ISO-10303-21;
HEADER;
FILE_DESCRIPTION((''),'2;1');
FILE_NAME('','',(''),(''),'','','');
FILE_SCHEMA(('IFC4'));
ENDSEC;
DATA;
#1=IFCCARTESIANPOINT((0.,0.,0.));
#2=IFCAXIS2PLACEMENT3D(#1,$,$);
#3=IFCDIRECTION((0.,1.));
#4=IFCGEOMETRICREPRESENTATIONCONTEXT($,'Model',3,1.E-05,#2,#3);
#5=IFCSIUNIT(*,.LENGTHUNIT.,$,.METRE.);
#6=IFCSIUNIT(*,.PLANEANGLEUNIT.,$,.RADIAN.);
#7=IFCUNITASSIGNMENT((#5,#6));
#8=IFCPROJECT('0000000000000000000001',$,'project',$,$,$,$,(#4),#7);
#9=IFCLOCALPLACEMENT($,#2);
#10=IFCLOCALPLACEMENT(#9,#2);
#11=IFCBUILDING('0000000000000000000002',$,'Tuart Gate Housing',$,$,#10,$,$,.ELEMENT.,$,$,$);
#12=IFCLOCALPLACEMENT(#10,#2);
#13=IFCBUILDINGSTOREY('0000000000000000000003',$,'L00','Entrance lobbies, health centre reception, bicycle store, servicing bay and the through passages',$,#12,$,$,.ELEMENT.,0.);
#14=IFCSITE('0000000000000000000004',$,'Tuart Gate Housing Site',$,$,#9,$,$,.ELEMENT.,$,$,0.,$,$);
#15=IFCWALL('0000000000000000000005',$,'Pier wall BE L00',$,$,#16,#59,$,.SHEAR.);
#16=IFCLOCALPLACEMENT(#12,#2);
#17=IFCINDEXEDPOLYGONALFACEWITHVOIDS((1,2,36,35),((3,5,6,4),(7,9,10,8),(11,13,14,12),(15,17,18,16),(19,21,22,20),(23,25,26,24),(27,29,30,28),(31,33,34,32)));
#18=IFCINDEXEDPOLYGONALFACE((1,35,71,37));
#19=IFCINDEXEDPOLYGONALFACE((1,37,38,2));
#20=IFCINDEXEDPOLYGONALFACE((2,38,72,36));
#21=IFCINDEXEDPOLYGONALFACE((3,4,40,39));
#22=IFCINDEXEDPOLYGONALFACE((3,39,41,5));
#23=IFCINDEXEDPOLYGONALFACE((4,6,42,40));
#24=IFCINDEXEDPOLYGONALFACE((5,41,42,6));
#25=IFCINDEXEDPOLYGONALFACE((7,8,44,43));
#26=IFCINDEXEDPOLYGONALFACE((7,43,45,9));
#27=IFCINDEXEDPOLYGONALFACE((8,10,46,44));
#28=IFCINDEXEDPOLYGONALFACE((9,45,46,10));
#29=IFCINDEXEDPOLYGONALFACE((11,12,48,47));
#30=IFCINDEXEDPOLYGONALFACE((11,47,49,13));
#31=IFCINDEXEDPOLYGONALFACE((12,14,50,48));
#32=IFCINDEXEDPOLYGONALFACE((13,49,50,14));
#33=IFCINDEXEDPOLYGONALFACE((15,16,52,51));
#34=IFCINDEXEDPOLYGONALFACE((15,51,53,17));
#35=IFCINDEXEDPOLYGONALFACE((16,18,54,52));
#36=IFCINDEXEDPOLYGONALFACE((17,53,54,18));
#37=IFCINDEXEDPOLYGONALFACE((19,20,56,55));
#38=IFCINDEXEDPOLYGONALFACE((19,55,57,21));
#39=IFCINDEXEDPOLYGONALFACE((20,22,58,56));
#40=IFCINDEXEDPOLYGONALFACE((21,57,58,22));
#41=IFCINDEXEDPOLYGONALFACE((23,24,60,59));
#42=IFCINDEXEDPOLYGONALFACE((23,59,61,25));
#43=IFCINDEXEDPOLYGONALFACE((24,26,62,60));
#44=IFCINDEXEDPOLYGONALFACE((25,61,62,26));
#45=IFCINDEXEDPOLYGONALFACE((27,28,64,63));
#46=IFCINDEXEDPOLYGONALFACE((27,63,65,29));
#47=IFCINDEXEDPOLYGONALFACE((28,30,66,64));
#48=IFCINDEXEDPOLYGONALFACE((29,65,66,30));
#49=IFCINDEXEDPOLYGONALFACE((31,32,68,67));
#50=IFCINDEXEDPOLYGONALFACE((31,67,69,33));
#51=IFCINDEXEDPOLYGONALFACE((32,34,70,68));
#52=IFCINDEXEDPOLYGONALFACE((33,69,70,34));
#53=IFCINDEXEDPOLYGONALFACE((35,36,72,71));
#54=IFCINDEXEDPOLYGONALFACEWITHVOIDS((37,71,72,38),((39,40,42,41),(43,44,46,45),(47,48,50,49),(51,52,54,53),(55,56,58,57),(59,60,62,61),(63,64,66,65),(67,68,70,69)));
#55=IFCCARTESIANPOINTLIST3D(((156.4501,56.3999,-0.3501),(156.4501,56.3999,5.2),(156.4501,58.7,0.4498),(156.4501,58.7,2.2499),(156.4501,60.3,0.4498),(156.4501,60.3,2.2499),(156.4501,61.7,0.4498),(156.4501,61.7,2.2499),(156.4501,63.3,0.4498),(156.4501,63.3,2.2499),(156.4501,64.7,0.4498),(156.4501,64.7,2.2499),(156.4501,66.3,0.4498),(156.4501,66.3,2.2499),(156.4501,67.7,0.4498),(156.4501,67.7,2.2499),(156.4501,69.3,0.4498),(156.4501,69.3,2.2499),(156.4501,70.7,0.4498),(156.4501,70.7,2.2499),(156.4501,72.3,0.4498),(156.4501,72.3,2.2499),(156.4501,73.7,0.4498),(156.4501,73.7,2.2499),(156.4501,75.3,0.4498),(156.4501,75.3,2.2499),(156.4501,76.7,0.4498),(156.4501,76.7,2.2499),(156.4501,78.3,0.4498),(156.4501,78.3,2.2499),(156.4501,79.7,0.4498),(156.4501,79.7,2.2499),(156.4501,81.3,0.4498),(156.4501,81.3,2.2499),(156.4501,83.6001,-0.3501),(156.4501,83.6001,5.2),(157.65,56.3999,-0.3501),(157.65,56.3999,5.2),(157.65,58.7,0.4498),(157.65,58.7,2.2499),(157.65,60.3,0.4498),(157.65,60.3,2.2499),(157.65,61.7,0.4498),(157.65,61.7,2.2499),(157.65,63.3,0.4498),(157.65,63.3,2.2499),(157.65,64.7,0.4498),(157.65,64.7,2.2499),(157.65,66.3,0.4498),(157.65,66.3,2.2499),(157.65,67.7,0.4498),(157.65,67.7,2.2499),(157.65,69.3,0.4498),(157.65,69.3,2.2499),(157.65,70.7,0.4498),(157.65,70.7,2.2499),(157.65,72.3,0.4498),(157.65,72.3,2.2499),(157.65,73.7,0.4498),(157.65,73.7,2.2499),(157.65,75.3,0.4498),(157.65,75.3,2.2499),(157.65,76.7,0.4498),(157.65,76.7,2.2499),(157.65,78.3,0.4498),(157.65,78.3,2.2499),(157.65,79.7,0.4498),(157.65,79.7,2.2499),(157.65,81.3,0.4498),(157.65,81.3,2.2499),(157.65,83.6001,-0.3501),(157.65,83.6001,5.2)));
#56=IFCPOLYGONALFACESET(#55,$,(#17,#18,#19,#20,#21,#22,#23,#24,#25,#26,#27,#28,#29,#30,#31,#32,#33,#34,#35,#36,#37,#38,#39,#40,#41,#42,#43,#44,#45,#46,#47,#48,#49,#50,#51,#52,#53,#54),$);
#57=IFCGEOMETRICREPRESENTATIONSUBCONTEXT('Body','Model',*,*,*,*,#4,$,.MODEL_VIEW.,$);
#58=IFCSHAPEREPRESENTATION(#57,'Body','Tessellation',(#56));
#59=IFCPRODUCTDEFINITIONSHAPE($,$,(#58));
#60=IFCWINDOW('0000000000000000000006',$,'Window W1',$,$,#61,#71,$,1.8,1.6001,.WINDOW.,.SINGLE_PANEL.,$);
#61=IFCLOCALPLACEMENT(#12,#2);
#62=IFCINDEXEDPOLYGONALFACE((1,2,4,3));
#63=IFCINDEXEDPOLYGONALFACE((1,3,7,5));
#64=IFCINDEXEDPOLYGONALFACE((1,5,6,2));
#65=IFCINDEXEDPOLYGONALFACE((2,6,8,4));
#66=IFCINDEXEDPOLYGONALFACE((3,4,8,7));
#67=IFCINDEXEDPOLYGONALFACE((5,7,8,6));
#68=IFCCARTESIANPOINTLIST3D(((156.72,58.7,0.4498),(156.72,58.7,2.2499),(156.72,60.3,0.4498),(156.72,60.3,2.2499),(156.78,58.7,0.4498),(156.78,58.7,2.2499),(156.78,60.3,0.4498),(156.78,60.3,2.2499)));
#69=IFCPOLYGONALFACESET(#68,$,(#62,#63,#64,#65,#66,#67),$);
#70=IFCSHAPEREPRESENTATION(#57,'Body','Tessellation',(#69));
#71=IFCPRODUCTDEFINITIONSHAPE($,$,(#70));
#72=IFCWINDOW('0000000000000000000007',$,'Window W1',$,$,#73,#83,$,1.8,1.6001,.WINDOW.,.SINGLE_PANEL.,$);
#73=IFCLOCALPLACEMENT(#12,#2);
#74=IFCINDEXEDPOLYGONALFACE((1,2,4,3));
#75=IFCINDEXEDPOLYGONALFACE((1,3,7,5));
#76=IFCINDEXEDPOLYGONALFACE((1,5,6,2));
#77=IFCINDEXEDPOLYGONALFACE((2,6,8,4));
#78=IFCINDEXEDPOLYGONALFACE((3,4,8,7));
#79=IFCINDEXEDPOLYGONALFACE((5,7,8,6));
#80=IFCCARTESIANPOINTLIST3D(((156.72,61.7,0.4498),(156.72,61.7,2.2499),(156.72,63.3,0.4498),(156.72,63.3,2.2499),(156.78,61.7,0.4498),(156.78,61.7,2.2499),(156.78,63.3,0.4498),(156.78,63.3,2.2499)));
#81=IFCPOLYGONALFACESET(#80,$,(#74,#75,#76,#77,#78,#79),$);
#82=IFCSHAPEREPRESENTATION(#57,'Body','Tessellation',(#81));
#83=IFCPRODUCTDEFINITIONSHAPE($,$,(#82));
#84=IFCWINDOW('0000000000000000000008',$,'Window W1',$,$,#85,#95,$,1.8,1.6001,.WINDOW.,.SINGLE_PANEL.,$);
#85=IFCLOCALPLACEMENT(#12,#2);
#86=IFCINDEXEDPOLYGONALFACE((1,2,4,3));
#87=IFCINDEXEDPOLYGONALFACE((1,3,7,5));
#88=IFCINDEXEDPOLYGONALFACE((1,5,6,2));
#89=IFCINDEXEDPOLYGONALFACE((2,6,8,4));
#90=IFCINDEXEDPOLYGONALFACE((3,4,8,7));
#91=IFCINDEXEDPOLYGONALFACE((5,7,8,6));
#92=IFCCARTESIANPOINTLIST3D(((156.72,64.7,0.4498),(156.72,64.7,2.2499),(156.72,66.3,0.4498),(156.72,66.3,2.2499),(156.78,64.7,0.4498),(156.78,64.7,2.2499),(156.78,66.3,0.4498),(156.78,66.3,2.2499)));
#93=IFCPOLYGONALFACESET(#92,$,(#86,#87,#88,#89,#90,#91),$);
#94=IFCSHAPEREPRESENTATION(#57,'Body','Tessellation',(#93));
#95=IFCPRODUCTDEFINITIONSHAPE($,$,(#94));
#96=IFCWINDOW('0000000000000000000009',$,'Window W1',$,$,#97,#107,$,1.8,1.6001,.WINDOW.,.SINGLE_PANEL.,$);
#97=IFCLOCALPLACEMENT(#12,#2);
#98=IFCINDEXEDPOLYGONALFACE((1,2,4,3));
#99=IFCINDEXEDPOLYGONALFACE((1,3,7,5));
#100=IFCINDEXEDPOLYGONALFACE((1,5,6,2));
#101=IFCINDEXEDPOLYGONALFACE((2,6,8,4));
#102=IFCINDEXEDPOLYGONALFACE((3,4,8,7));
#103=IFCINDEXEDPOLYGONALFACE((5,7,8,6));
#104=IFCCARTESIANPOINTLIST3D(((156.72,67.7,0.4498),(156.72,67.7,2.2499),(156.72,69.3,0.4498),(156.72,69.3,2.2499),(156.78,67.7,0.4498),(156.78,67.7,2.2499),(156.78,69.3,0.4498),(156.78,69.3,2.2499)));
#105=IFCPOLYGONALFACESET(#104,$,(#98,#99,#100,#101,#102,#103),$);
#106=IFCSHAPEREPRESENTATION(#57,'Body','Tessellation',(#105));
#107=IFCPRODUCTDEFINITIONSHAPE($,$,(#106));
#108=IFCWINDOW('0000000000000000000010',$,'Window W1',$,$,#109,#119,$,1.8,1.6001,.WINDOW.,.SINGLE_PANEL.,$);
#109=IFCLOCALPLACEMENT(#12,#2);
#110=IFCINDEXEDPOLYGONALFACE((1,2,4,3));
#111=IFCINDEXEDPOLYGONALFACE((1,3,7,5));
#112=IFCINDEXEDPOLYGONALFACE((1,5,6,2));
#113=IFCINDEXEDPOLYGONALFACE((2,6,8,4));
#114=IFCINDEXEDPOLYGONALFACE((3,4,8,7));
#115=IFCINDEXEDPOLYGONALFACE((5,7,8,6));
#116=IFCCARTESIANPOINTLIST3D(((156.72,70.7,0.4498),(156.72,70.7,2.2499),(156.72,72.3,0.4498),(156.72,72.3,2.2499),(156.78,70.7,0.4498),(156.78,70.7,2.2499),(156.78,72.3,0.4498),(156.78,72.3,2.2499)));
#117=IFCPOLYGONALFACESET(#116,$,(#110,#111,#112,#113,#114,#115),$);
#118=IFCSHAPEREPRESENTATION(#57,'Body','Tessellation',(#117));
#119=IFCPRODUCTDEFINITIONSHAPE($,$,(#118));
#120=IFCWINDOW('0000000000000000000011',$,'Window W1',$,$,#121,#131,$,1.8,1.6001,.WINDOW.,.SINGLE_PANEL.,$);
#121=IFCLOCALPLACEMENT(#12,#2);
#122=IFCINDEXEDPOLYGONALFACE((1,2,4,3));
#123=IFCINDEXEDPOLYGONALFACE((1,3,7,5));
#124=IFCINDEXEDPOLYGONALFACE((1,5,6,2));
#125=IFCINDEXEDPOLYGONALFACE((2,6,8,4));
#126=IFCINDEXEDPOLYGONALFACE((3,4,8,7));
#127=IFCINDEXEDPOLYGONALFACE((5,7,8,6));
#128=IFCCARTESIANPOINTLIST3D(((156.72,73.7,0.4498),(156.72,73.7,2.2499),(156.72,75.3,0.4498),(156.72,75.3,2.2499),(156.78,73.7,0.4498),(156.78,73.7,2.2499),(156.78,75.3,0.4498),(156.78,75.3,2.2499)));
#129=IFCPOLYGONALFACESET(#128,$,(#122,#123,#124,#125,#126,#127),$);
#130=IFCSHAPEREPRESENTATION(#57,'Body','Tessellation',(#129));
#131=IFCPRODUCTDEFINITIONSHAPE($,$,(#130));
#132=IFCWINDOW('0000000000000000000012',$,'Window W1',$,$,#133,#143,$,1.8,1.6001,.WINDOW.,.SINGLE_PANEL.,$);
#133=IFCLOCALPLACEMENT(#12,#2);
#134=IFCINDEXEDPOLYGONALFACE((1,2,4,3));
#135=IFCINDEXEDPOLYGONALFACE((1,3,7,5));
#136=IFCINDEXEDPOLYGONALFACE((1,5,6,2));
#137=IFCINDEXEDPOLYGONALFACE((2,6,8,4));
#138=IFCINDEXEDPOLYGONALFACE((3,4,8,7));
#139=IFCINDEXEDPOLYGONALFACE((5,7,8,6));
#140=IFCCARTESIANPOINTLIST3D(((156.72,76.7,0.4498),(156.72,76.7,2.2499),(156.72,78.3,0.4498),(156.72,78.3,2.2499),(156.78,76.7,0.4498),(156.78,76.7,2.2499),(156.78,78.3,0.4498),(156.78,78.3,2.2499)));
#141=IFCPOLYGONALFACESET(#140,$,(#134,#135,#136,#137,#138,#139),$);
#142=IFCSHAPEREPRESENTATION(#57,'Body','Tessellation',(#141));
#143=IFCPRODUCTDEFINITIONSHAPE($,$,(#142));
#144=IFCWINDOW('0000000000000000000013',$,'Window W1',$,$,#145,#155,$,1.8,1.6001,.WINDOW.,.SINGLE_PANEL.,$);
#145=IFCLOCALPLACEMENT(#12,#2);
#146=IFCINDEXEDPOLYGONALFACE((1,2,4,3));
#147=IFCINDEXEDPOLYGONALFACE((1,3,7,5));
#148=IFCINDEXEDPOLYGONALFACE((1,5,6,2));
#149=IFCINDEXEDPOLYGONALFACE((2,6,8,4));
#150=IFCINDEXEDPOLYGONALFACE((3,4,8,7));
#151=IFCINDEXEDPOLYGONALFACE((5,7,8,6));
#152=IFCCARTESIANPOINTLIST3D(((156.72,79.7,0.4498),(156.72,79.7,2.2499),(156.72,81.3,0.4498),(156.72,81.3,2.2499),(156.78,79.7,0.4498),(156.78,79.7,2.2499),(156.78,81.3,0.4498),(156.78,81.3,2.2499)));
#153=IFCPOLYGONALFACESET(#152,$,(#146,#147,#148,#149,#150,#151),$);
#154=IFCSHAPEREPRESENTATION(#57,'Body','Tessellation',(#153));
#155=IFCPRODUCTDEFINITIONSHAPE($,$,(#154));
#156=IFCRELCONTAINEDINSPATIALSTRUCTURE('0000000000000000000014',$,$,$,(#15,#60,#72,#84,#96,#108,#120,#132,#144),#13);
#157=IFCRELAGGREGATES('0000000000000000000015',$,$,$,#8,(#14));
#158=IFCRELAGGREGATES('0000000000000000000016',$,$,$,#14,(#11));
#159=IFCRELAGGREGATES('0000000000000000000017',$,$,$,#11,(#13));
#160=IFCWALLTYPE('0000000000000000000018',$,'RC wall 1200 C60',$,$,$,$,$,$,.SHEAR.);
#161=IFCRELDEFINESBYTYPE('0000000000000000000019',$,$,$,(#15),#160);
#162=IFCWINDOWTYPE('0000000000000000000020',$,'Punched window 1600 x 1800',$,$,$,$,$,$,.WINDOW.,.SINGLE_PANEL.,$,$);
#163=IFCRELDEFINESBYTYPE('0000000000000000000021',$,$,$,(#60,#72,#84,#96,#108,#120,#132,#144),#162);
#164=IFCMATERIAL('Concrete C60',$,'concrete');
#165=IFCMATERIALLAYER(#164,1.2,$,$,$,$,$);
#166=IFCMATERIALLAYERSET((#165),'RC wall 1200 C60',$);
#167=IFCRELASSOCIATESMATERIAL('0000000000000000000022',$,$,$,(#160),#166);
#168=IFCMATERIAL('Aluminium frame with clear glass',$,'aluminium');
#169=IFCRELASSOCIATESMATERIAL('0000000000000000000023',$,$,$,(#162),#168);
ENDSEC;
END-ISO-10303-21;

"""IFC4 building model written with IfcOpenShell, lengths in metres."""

from ifc_helpers import new_model, si_unit, direction, frame, frame_2d, origin, place, context, subcontext, project, spatial, rectangle, extrude, material, layer, layer_set, type_object, element, fill, save


model = new_model("IFC4")

# Units and contexts
model_context = context("Model", 3, precision=1e-05, world=origin(), true_north=direction((0.0, 1.0)))
body_context = subcontext(model_context, "Body", "Model", "MODEL_VIEW")
ifc_project = project(units=[si_unit("LENGTHUNIT", "METRE"), si_unit("PLANEANGLEUNIT", "RADIAN")], contexts=[model_context])

# Site, building, storey
site_placement = place(None, origin())
site = spatial("IfcSite", under=ifc_project, at=site_placement, Name="Tuart Gate Housing Site", CompositionType="ELEMENT", RefElevation=0.0)
building_placement = place(site_placement, origin())
building = spatial("IfcBuilding", under=site, at=building_placement, Name="Tuart Gate Housing", CompositionType="ELEMENT")
storey_placement = place(building_placement, origin())
storey = spatial("IfcBuildingStorey", under=building, at=storey_placement, Name="L00", Description="Entrance lobbies, health centre reception, bicycle store, servicing bay and the through passages", CompositionType="ELEMENT", Elevation=0.0)

# Wall, openings, windows
ifc_material_1 = material(Name="Concrete C60", Category="concrete")
ifc_layer_1 = layer(ifc_material_1, 1.2)
ifc_layer_set_1 = layer_set([ifc_layer_1], Name="RC wall 1200 C60")
wall_type_1 = type_object("IfcWallType", Name="RC wall 1200 C60", PredefinedType="SHEAR", material=ifc_layer_set_1)
wall_1_placement = place(storey_placement, frame((157.05, 56.3999, -0.3501), z_axis=(0.0, 0.0, 1.0), x_axis=(0.0, 1.0, 0.0)))
wall_1 = element("IfcWall", 1, at=wall_1_placement, inside=storey, type_object=wall_type_1, Name="Pier wall BE L00", PredefinedType="SHEAR", context=body_context, shape_type="SweptSolid", body=[
    extrude(rectangle(XDim=27.2002, YDim=1.2, at=frame_2d((13.6001, 0.0))), origin(), (0.0, 0.0, 1.0), 5.55),
])
opening_1_placement = place(wall_1_placement, frame((2.3, 0.0, 0.8)))
opening_1 = element("IfcOpeningElement", 2, at=opening_1_placement, cuts=wall_1, PredefinedType="OPENING", context=body_context, shape_type="SweptSolid", body=[
    extrude(rectangle(XDim=1.6001, YDim=1.8, at=frame_2d((0.8, 0.8999))), frame((0.0, 0.6099, 0.0), z_axis=(0.0, -1.0, 0.0), x_axis=(1.0, 0.0, 0.0)), (0.0, 0.0, 1.0), 1.22),
])
opening_2_placement = place(wall_1_placement, frame((5.3, 0.0, 0.8)))
opening_2 = element("IfcOpeningElement", 3, at=opening_2_placement, cuts=wall_1, PredefinedType="OPENING", context=body_context, shape_type="SweptSolid", body=[
    extrude(rectangle(XDim=1.6001, YDim=1.8, at=frame_2d((0.8, 0.8999))), frame((0.0, 0.6099, 0.0), z_axis=(0.0, -1.0, 0.0), x_axis=(1.0, 0.0, 0.0)), (0.0, 0.0, 1.0), 1.22),
])
opening_3_placement = place(wall_1_placement, frame((8.3, 0.0, 0.8)))
opening_3 = element("IfcOpeningElement", 4, at=opening_3_placement, cuts=wall_1, PredefinedType="OPENING", context=body_context, shape_type="SweptSolid", body=[
    extrude(rectangle(XDim=1.6001, YDim=1.8, at=frame_2d((0.8, 0.8999))), frame((0.0, 0.6099, 0.0), z_axis=(0.0, -1.0, 0.0), x_axis=(1.0, 0.0, 0.0)), (0.0, 0.0, 1.0), 1.22),
])
opening_4_placement = place(wall_1_placement, frame((11.3, 0.0, 0.8)))
opening_4 = element("IfcOpeningElement", 5, at=opening_4_placement, cuts=wall_1, PredefinedType="OPENING", context=body_context, shape_type="SweptSolid", body=[
    extrude(rectangle(XDim=1.6001, YDim=1.8, at=frame_2d((0.8, 0.8999))), frame((0.0, 0.6099, 0.0), z_axis=(0.0, -1.0, 0.0), x_axis=(1.0, 0.0, 0.0)), (0.0, 0.0, 1.0), 1.22),
])
opening_5_placement = place(wall_1_placement, frame((14.3, 0.0, 0.8)))
opening_5 = element("IfcOpeningElement", 6, at=opening_5_placement, cuts=wall_1, PredefinedType="OPENING", context=body_context, shape_type="SweptSolid", body=[
    extrude(rectangle(XDim=1.6001, YDim=1.8, at=frame_2d((0.8, 0.8999))), frame((0.0, 0.6099, 0.0), z_axis=(0.0, -1.0, 0.0), x_axis=(1.0, 0.0, 0.0)), (0.0, 0.0, 1.0), 1.22),
])
opening_6_placement = place(wall_1_placement, frame((17.3, 0.0, 0.8)))
opening_6 = element("IfcOpeningElement", 7, at=opening_6_placement, cuts=wall_1, PredefinedType="OPENING", context=body_context, shape_type="SweptSolid", body=[
    extrude(rectangle(XDim=1.6001, YDim=1.8, at=frame_2d((0.8, 0.8999))), frame((0.0, 0.6099, 0.0), z_axis=(0.0, -1.0, 0.0), x_axis=(1.0, 0.0, 0.0)), (0.0, 0.0, 1.0), 1.22),
])
opening_7_placement = place(wall_1_placement, frame((20.3, 0.0, 0.8)))
opening_7 = element("IfcOpeningElement", 8, at=opening_7_placement, cuts=wall_1, PredefinedType="OPENING", context=body_context, shape_type="SweptSolid", body=[
    extrude(rectangle(XDim=1.6001, YDim=1.8, at=frame_2d((0.8, 0.8999))), frame((0.0, 0.6099, 0.0), z_axis=(0.0, -1.0, 0.0), x_axis=(1.0, 0.0, 0.0)), (0.0, 0.0, 1.0), 1.22),
])
opening_8_placement = place(wall_1_placement, frame((23.3, 0.0, 0.8)))
opening_8 = element("IfcOpeningElement", 9, at=opening_8_placement, cuts=wall_1, PredefinedType="OPENING", context=body_context, shape_type="SweptSolid", body=[
    extrude(rectangle(XDim=1.6001, YDim=1.8, at=frame_2d((0.8, 0.8999))), frame((0.0, 0.6099, 0.0), z_axis=(0.0, -1.0, 0.0), x_axis=(1.0, 0.0, 0.0)), (0.0, 0.0, 1.0), 1.22),
])
ifc_material_2 = material(Name="Aluminium frame with clear glass", Category="aluminium")
window_type = type_object("IfcWindowType", Name="Punched window 1600 x 1800", PartitioningType="SINGLE_PANEL", PredefinedType="WINDOW", material=ifc_material_2)
window_1_placement = place(opening_1_placement, origin())
window_1 = element("IfcWindow", 10, at=window_1_placement, inside=storey, type_object=window_type, Name="Window W1", OverallHeight=1.8, OverallWidth=1.6001, PartitioningType="SINGLE_PANEL", PredefinedType="WINDOW", context=body_context, shape_type="SweptSolid", body=[
    extrude(rectangle(XDim=1.6001, YDim=1.8, at=frame_2d((0.8, 0.8999))), frame((0.0, 0.3301, 0.0), z_axis=(0.0, -1.0, 0.0), x_axis=(1.0, 0.0, 0.0)), (0.0, 0.0, 1.0), 0.0601),
])
fill(opening_1, window_1)
window_2_placement = place(opening_2_placement, origin())
window_2 = element("IfcWindow", 11, at=window_2_placement, inside=storey, type_object=window_type, Name="Window W1", OverallHeight=1.8, OverallWidth=1.6001, PartitioningType="SINGLE_PANEL", PredefinedType="WINDOW", context=body_context, shape_type="SweptSolid", body=[
    extrude(rectangle(XDim=1.6001, YDim=1.8, at=frame_2d((0.8, 0.8999))), frame((0.0, 0.3301, 0.0), z_axis=(0.0, -1.0, 0.0), x_axis=(1.0, 0.0, 0.0)), (0.0, 0.0, 1.0), 0.0601),
])
fill(opening_2, window_2)
window_3_placement = place(opening_3_placement, origin())
window_3 = element("IfcWindow", 12, at=window_3_placement, inside=storey, type_object=window_type, Name="Window W1", OverallHeight=1.8, OverallWidth=1.6001, PartitioningType="SINGLE_PANEL", PredefinedType="WINDOW", context=body_context, shape_type="SweptSolid", body=[
    extrude(rectangle(XDim=1.6001, YDim=1.8, at=frame_2d((0.8, 0.8999))), frame((0.0, 0.3301, 0.0), z_axis=(0.0, -1.0, 0.0), x_axis=(1.0, 0.0, 0.0)), (0.0, 0.0, 1.0), 0.0601),
])
fill(opening_3, window_3)
window_4_placement = place(opening_4_placement, origin())
window_4 = element("IfcWindow", 13, at=window_4_placement, inside=storey, type_object=window_type, Name="Window W1", OverallHeight=1.8, OverallWidth=1.6001, PartitioningType="SINGLE_PANEL", PredefinedType="WINDOW", context=body_context, shape_type="SweptSolid", body=[
    extrude(rectangle(XDim=1.6001, YDim=1.8, at=frame_2d((0.8, 0.8999))), frame((0.0, 0.3301, 0.0), z_axis=(0.0, -1.0, 0.0), x_axis=(1.0, 0.0, 0.0)), (0.0, 0.0, 1.0), 0.0601),
])
fill(opening_4, window_4)
window_5_placement = place(opening_5_placement, origin())
window_5 = element("IfcWindow", 14, at=window_5_placement, inside=storey, type_object=window_type, Name="Window W1", OverallHeight=1.8, OverallWidth=1.6001, PartitioningType="SINGLE_PANEL", PredefinedType="WINDOW", context=body_context, shape_type="SweptSolid", body=[
    extrude(rectangle(XDim=1.6001, YDim=1.8, at=frame_2d((0.8, 0.8999))), frame((0.0, 0.3301, 0.0), z_axis=(0.0, -1.0, 0.0), x_axis=(1.0, 0.0, 0.0)), (0.0, 0.0, 1.0), 0.0601),
])
fill(opening_5, window_5)
window_6_placement = place(opening_6_placement, origin())
window_6 = element("IfcWindow", 15, at=window_6_placement, inside=storey, type_object=window_type, Name="Window W1", OverallHeight=1.8, OverallWidth=1.6001, PartitioningType="SINGLE_PANEL", PredefinedType="WINDOW", context=body_context, shape_type="SweptSolid", body=[
    extrude(rectangle(XDim=1.6001, YDim=1.8, at=frame_2d((0.8, 0.8999))), frame((0.0, 0.3301, 0.0), z_axis=(0.0, -1.0, 0.0), x_axis=(1.0, 0.0, 0.0)), (0.0, 0.0, 1.0), 0.0601),
])
fill(opening_6, window_6)
window_7_placement = place(opening_7_placement, origin())
window_7 = element("IfcWindow", 16, at=window_7_placement, inside=storey, type_object=window_type, Name="Window W1", OverallHeight=1.8, OverallWidth=1.6001, PartitioningType="SINGLE_PANEL", PredefinedType="WINDOW", context=body_context, shape_type="SweptSolid", body=[
    extrude(rectangle(XDim=1.6001, YDim=1.8, at=frame_2d((0.8, 0.8999))), frame((0.0, 0.3301, 0.0), z_axis=(0.0, -1.0, 0.0), x_axis=(1.0, 0.0, 0.0)), (0.0, 0.0, 1.0), 0.0601),
])
fill(opening_7, window_7)
window_8_placement = place(opening_8_placement, origin())
window_8 = element("IfcWindow", 17, at=window_8_placement, inside=storey, type_object=window_type, Name="Window W1", OverallHeight=1.8, OverallWidth=1.6001, PartitioningType="SINGLE_PANEL", PredefinedType="WINDOW", context=body_context, shape_type="SweptSolid", body=[
    extrude(rectangle(XDim=1.6001, YDim=1.8, at=frame_2d((0.8, 0.8999))), frame((0.0, 0.3301, 0.0), z_axis=(0.0, -1.0, 0.0), x_axis=(1.0, 0.0, 0.0)), (0.0, 0.0, 1.0), 0.0601),
])
fill(opening_8, window_8)

save(model, "model.ifc")
